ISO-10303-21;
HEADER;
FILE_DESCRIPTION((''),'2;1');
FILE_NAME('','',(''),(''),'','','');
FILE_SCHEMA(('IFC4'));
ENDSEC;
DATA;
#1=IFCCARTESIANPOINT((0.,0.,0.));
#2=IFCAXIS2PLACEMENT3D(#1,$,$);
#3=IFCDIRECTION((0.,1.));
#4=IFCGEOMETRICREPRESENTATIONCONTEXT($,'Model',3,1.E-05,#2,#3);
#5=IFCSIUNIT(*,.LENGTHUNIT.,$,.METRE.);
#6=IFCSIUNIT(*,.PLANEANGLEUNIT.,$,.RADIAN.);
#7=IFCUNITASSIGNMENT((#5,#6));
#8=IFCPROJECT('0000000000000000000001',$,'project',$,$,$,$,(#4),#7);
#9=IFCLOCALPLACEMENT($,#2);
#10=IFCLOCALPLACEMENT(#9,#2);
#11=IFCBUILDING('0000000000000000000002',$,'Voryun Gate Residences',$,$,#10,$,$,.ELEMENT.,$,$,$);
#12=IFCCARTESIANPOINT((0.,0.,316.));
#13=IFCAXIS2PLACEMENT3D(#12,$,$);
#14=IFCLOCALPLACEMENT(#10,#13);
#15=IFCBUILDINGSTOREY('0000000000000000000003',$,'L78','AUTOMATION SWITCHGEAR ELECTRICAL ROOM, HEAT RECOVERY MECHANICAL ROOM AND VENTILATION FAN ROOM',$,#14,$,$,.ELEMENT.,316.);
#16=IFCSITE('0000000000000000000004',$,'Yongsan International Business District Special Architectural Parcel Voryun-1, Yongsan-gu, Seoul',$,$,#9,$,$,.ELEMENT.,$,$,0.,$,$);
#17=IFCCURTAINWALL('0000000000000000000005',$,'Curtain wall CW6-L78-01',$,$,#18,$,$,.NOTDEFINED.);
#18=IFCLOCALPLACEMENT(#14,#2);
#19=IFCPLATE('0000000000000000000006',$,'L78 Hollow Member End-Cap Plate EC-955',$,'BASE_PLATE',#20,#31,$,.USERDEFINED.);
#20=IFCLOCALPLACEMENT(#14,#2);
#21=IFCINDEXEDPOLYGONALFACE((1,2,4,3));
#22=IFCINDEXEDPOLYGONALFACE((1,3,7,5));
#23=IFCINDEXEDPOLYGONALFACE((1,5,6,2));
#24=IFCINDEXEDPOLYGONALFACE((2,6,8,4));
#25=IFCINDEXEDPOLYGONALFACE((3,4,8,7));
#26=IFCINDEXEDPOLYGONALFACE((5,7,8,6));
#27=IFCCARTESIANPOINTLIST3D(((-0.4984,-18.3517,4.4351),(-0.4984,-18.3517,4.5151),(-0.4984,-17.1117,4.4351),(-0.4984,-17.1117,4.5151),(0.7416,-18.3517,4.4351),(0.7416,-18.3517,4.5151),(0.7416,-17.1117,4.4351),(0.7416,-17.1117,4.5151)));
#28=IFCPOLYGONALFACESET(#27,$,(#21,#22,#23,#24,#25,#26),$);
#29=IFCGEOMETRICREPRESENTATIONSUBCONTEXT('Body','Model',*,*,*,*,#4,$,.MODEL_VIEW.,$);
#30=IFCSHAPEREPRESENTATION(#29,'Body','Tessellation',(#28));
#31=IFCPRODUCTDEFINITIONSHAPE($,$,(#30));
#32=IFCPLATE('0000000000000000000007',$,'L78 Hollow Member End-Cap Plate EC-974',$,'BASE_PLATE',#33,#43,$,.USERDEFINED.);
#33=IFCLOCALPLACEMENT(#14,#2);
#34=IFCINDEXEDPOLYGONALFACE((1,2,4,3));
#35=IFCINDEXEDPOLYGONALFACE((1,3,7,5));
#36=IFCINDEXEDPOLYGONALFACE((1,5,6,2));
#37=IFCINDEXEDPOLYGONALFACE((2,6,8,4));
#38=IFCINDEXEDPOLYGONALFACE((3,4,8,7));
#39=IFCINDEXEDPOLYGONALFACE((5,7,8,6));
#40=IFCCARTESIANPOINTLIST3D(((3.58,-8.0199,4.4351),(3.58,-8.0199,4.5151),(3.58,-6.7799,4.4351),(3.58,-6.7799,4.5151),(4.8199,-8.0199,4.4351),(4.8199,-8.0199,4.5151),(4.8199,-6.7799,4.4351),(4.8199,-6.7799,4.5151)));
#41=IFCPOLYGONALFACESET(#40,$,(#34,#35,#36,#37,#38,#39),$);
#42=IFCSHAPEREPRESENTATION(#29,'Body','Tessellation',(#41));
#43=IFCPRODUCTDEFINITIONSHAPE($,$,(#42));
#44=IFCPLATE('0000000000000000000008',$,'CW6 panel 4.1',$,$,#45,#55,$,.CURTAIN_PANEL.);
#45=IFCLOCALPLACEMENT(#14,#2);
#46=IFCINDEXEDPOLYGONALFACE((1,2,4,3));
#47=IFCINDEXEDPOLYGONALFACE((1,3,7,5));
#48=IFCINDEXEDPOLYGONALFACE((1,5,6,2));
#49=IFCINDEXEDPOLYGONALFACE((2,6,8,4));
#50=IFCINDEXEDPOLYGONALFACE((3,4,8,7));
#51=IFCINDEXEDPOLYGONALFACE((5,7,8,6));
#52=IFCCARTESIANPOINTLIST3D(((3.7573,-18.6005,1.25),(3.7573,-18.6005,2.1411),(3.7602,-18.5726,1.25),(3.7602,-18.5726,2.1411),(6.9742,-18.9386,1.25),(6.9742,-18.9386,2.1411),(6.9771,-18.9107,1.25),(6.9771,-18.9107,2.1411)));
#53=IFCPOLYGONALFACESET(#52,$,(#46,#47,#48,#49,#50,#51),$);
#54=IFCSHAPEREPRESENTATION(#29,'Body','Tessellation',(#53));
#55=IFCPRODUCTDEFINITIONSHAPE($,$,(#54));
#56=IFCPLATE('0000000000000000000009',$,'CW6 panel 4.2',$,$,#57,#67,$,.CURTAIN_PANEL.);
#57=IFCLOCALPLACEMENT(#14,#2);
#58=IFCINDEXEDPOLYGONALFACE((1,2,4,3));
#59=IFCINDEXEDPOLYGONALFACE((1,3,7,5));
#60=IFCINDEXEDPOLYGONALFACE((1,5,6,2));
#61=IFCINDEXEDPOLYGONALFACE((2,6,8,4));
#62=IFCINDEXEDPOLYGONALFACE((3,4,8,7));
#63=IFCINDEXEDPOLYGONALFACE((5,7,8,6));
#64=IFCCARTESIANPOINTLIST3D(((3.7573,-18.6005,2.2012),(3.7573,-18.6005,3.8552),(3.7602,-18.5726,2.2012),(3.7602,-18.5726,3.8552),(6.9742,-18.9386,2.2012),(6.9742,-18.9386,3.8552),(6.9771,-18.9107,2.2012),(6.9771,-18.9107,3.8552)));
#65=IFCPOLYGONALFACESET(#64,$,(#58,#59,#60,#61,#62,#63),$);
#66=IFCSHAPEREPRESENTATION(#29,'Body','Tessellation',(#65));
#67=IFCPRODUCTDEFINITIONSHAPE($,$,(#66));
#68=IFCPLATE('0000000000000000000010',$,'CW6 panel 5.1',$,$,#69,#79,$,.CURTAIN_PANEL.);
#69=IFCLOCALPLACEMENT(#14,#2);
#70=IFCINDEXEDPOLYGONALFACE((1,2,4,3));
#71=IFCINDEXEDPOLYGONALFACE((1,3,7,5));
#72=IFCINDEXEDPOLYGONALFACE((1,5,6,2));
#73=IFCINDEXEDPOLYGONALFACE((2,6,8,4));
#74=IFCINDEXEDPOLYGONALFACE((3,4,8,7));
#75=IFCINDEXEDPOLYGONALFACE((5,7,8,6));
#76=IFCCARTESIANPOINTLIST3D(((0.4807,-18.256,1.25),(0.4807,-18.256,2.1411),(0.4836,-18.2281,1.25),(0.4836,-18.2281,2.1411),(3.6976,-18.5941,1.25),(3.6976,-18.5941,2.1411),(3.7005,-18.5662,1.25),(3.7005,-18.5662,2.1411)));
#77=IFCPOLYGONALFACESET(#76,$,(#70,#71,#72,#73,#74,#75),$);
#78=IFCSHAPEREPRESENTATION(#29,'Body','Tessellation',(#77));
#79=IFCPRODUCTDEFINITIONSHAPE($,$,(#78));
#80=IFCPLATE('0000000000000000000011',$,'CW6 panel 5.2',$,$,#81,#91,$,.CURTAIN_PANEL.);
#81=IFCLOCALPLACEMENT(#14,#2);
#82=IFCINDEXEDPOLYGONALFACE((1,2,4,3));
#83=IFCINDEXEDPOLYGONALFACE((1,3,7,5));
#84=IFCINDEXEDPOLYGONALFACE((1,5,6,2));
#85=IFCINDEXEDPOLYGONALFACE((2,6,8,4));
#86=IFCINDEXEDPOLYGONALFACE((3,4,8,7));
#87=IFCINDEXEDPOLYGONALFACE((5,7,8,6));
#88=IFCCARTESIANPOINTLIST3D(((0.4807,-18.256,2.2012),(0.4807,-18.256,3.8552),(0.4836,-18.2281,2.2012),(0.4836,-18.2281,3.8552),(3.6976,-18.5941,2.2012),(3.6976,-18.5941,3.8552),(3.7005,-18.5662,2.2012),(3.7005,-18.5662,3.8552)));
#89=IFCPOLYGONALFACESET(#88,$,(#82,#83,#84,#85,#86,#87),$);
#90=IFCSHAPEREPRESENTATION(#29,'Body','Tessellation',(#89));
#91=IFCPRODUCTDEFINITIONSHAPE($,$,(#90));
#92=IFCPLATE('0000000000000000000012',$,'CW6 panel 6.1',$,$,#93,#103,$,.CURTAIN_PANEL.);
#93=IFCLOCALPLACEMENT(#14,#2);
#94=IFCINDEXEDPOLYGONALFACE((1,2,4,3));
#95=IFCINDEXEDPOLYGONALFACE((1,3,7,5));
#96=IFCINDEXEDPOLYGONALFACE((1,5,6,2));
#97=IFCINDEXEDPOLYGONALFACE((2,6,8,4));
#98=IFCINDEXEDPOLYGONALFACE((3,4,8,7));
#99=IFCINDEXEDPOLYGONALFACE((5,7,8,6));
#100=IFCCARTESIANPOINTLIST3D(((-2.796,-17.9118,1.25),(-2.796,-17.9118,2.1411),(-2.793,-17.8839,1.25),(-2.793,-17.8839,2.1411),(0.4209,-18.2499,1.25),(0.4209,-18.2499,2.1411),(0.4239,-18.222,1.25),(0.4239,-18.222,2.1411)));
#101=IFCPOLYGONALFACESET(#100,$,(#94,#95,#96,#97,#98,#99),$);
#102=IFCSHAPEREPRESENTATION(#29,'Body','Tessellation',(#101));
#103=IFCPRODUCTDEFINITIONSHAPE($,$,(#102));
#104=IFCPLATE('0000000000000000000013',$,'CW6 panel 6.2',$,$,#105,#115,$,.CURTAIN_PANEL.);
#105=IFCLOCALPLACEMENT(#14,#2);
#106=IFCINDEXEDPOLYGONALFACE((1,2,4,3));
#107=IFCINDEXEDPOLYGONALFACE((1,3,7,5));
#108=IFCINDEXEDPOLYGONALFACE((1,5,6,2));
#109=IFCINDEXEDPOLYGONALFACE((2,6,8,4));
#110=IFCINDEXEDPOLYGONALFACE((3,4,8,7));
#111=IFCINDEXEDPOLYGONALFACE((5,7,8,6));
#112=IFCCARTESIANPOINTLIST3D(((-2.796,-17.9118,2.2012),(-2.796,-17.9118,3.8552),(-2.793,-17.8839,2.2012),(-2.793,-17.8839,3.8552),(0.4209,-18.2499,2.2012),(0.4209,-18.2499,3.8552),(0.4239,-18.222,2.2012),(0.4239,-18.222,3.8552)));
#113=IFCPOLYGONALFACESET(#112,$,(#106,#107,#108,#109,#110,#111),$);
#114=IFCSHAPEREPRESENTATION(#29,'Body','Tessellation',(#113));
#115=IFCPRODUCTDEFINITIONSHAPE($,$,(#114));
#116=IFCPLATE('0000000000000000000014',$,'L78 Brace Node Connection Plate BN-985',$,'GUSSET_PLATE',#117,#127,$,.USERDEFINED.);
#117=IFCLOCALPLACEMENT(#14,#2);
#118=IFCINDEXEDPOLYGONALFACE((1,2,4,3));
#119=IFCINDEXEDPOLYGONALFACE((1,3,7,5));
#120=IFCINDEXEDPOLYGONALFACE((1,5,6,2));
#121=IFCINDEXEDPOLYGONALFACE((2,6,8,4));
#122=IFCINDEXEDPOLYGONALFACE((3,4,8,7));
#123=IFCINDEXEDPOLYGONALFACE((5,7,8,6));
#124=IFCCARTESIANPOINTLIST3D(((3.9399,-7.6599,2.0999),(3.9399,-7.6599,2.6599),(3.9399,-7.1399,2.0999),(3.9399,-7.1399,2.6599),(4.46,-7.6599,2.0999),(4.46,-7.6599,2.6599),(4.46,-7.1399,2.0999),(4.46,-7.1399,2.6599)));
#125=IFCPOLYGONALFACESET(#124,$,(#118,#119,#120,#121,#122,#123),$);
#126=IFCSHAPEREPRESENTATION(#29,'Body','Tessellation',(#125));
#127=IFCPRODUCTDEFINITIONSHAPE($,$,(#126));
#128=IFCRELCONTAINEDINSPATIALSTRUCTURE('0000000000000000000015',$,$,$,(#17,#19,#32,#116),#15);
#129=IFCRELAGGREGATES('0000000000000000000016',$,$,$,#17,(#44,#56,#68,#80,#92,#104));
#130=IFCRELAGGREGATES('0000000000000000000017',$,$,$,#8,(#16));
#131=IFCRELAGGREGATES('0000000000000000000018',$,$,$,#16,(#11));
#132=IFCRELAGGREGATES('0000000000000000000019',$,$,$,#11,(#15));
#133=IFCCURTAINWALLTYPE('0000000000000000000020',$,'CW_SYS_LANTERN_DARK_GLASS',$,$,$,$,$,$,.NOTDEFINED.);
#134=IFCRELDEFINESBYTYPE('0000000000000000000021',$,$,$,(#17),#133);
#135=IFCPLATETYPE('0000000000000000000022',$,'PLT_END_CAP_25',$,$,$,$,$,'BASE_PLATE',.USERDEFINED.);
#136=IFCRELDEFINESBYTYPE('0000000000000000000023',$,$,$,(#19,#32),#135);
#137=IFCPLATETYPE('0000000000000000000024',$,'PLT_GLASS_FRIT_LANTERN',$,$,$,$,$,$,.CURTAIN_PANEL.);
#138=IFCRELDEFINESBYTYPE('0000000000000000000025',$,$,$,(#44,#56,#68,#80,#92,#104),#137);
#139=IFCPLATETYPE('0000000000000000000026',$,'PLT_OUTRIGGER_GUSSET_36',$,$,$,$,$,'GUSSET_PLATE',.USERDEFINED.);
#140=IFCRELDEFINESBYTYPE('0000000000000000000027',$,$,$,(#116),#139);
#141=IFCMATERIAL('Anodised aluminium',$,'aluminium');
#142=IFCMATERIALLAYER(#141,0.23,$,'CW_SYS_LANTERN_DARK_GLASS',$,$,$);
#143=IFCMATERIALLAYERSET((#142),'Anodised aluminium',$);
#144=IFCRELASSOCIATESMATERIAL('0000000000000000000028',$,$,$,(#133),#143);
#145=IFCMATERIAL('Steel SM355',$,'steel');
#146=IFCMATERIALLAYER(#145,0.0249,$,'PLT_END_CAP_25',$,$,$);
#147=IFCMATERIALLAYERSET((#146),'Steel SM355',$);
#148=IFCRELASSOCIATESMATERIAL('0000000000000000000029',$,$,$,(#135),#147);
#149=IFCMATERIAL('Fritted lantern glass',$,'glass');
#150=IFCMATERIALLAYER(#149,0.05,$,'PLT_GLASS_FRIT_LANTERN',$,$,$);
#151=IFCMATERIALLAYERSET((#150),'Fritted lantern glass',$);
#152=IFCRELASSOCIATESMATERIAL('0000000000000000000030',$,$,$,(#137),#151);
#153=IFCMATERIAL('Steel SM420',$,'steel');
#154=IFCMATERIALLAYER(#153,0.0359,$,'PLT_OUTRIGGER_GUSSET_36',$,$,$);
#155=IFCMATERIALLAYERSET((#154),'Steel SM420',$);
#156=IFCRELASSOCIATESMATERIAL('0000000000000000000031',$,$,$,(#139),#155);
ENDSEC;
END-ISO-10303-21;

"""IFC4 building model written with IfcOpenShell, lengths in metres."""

from ifc_helpers import new_model, si_unit, direction, frame, origin, origin_2d, place, context, subcontext, project, spatial, rectangle, extrude, material, layer, layer_set, type_object, element, aggregate, save


model = new_model("IFC4")

# Units and contexts
model_context = context("Model", 3, precision=1e-05, world=origin(), true_north=direction((0.0, 1.0)))
body_context = subcontext(model_context, "Body", "Model", "MODEL_VIEW")
ifc_project = project(units=[si_unit("LENGTHUNIT", "METRE"), si_unit("PLANEANGLEUNIT", "RADIAN")], contexts=[model_context])

# Site, building, storey
site_placement = place(None, origin())
site = spatial("IfcSite", under=ifc_project, at=site_placement, Name="Yongsan International Business District Special Architectural Parcel Voryun-1, Yongsan-gu, Seoul", CompositionType="ELEMENT", RefElevation=0.0)
building_placement = place(site_placement, origin())
building = spatial("IfcBuilding", under=site, at=building_placement, Name="Voryun Gate Residences", CompositionType="ELEMENT")
storey_placement = place(building_placement, frame((0.0, 0.0, 316.0)))
storey = spatial("IfcBuildingStorey", under=building, at=storey_placement, Name="L78", Description="AUTOMATION SWITCHGEAR ELECTRICAL ROOM, HEAT RECOVERY MECHANICAL ROOM AND VENTILATION FAN ROOM", CompositionType="ELEMENT", Elevation=316.0)

# Curtain wall
ifc_material_1 = material(Name="Anodised aluminium", Category="aluminium")
ifc_layer_1 = layer(ifc_material_1, 0.23, Name="CW_SYS_LANTERN_DARK_GLASS")
ifc_layer_set_1 = layer_set([ifc_layer_1], Name="Anodised aluminium")
curtain_wall_type = type_object("IfcCurtainWallType", Name="CW_SYS_LANTERN_DARK_GLASS", PredefinedType="NOTDEFINED", material=ifc_layer_set_1)
curtain_wall_placement = place(storey_placement, origin())
curtain_wall = element("IfcCurtainWall", 1, at=curtain_wall_placement, inside=storey, type_object=curtain_wall_type, Name="Curtain wall CW6-L78-01", PredefinedType="NOTDEFINED")

# Plates
ifc_material_2 = material(Name="Steel SM355", Category="steel")
ifc_layer_2 = layer(ifc_material_2, 0.0249, Name="PLT_END_CAP_25")
ifc_layer_set_2 = layer_set([ifc_layer_2], Name="Steel SM355")
plate_type_1 = type_object("IfcPlateType", Name="PLT_END_CAP_25", ElementType="BASE_PLATE", PredefinedType="USERDEFINED", material=ifc_layer_set_2)
for number, where, z_axis, x_axis, name in (
    (2, (0.1216, -17.7317, 4.4351), (0.0, 0.0, 1.0), (1.0, 0.0, 0.0), "L78 Hollow Member End-Cap Plate EC-955"),
    (3, (4.2, -7.3999, 4.4351), (0.0, 0.0, 1.0), (1.0, 0.0, 0.0), "L78 Hollow Member End-Cap Plate EC-974"),
):
    element("IfcPlate", number, at=place(storey_placement, frame(where, z_axis=z_axis, x_axis=x_axis)), inside=storey, type_object=plate_type_1, Name=name, ObjectType="BASE_PLATE", PredefinedType="USERDEFINED", context=body_context, shape_type="SweptSolid", body=[
        extrude(rectangle(XDim=1.24, YDim=1.24, at=origin_2d()), origin(), (0.0, 0.0, 1.0), 0.0801),
    ])

# Plates
ifc_material_3 = material(Name="Fritted lantern glass", Category="glass")
ifc_layer_3 = layer(ifc_material_3, 0.05, Name="PLT_GLASS_FRIT_LANTERN")
ifc_layer_set_3 = layer_set([ifc_layer_3], Name="Fritted lantern glass")
plate_type_2 = type_object("IfcPlateType", Name="PLT_GLASS_FRIT_LANTERN", PredefinedType="CURTAIN_PANEL", material=ifc_layer_set_3)
plate_1_placement = place(storey_placement, frame((5.3672, -18.7556, 1.25), z_axis=(0.0, 0.0, 1.0), x_axis=(-0.994522, 0.104528, 0.0)))
plate_1 = element("IfcPlate", 4, at=plate_1_placement, type_object=plate_type_2, Name="CW6 panel 4.1", PredefinedType="CURTAIN_PANEL", context=body_context, shape_type="SweptSolid", body=[
    extrude(rectangle(XDim=3.2346, YDim=0.0281, at=origin_2d()), origin(), (0.0, 0.0, 1.0), 0.8911),
])
plate_2_placement = place(storey_placement, frame((5.3672, -18.7556, 2.2012), z_axis=(0.0, 0.0, 1.0), x_axis=(-0.994522, 0.104528, 0.0)))
plate_2 = element("IfcPlate", 5, at=plate_2_placement, type_object=plate_type_2, Name="CW6 panel 4.2", PredefinedType="CURTAIN_PANEL", context=body_context, shape_type="SweptSolid", body=[
    extrude(rectangle(XDim=3.2346, YDim=0.0281, at=origin_2d()), origin(), (0.0, 0.0, 1.0), 1.6541),
])
plate_3_placement = place(storey_placement, frame((2.0906, -18.4111, 1.25), z_axis=(0.0, 0.0, 1.0), x_axis=(-0.994522, 0.104528, 0.0)))
plate_3 = element("IfcPlate", 6, at=plate_3_placement, type_object=plate_type_2, Name="CW6 panel 5.1", PredefinedType="CURTAIN_PANEL", context=body_context, shape_type="SweptSolid", body=[
    extrude(rectangle(XDim=3.2346, YDim=0.0281, at=origin_2d()), origin(), (0.0, 0.0, 1.0), 0.8911),
])
plate_4_placement = place(storey_placement, frame((2.0906, -18.4111, 2.2012), z_axis=(0.0, 0.0, 1.0), x_axis=(-0.994522, 0.104528, 0.0)))
plate_4 = element("IfcPlate", 7, at=plate_4_placement, type_object=plate_type_2, Name="CW6 panel 5.2", PredefinedType="CURTAIN_PANEL", context=body_context, shape_type="SweptSolid", body=[
    extrude(rectangle(XDim=3.2346, YDim=0.0281, at=origin_2d()), origin(), (0.0, 0.0, 1.0), 1.6541),
])
plate_5_placement = place(storey_placement, frame((-1.186, -18.0669, 1.25), z_axis=(0.0, 0.0, 1.0), x_axis=(-0.994522, 0.104528, 0.0)))
plate_5 = element("IfcPlate", 8, at=plate_5_placement, type_object=plate_type_2, Name="CW6 panel 6.1", PredefinedType="CURTAIN_PANEL", context=body_context, shape_type="SweptSolid", body=[
    extrude(rectangle(XDim=3.2346, YDim=0.0281, at=origin_2d()), origin(), (0.0, 0.0, 1.0), 0.8911),
])
plate_6_placement = place(storey_placement, frame((-1.186, -18.0669, 2.2012), z_axis=(0.0, 0.0, 1.0), x_axis=(-0.994522, 0.104528, 0.0)))
plate_6 = element("IfcPlate", 9, at=plate_6_placement, type_object=plate_type_2, Name="CW6 panel 6.2", PredefinedType="CURTAIN_PANEL", context=body_context, shape_type="SweptSolid", body=[
    extrude(rectangle(XDim=3.2346, YDim=0.0281, at=origin_2d()), origin(), (0.0, 0.0, 1.0), 1.6541),
])
aggregate(curtain_wall, [plate_1, plate_2, plate_3, plate_4, plate_5, plate_6])
ifc_material_4 = material(Name="Steel SM420", Category="steel")
ifc_layer_4 = layer(ifc_material_4, 0.0359, Name="PLT_OUTRIGGER_GUSSET_36")
ifc_layer_set_4 = layer_set([ifc_layer_4], Name="Steel SM420")
plate_type_3 = type_object("IfcPlateType", Name="PLT_OUTRIGGER_GUSSET_36", ElementType="GUSSET_PLATE", PredefinedType="USERDEFINED", material=ifc_layer_set_4)
plate_7_placement = place(storey_placement, frame((4.2, -7.3999, 2.0999), z_axis=(0.0, 0.0, 1.0), x_axis=(1.0, 0.0, 0.0)))
element("IfcPlate", 10, at=plate_7_placement, inside=storey, type_object=plate_type_3, Name="L78 Brace Node Connection Plate BN-985", ObjectType="GUSSET_PLATE", PredefinedType="USERDEFINED", context=body_context, shape_type="SweptSolid", body=[
    extrude(rectangle(XDim=0.52, YDim=0.52, at=origin_2d()), origin(), (0.0, 0.0, 1.0), 0.5601),
])

save(model, "model.ifc")
